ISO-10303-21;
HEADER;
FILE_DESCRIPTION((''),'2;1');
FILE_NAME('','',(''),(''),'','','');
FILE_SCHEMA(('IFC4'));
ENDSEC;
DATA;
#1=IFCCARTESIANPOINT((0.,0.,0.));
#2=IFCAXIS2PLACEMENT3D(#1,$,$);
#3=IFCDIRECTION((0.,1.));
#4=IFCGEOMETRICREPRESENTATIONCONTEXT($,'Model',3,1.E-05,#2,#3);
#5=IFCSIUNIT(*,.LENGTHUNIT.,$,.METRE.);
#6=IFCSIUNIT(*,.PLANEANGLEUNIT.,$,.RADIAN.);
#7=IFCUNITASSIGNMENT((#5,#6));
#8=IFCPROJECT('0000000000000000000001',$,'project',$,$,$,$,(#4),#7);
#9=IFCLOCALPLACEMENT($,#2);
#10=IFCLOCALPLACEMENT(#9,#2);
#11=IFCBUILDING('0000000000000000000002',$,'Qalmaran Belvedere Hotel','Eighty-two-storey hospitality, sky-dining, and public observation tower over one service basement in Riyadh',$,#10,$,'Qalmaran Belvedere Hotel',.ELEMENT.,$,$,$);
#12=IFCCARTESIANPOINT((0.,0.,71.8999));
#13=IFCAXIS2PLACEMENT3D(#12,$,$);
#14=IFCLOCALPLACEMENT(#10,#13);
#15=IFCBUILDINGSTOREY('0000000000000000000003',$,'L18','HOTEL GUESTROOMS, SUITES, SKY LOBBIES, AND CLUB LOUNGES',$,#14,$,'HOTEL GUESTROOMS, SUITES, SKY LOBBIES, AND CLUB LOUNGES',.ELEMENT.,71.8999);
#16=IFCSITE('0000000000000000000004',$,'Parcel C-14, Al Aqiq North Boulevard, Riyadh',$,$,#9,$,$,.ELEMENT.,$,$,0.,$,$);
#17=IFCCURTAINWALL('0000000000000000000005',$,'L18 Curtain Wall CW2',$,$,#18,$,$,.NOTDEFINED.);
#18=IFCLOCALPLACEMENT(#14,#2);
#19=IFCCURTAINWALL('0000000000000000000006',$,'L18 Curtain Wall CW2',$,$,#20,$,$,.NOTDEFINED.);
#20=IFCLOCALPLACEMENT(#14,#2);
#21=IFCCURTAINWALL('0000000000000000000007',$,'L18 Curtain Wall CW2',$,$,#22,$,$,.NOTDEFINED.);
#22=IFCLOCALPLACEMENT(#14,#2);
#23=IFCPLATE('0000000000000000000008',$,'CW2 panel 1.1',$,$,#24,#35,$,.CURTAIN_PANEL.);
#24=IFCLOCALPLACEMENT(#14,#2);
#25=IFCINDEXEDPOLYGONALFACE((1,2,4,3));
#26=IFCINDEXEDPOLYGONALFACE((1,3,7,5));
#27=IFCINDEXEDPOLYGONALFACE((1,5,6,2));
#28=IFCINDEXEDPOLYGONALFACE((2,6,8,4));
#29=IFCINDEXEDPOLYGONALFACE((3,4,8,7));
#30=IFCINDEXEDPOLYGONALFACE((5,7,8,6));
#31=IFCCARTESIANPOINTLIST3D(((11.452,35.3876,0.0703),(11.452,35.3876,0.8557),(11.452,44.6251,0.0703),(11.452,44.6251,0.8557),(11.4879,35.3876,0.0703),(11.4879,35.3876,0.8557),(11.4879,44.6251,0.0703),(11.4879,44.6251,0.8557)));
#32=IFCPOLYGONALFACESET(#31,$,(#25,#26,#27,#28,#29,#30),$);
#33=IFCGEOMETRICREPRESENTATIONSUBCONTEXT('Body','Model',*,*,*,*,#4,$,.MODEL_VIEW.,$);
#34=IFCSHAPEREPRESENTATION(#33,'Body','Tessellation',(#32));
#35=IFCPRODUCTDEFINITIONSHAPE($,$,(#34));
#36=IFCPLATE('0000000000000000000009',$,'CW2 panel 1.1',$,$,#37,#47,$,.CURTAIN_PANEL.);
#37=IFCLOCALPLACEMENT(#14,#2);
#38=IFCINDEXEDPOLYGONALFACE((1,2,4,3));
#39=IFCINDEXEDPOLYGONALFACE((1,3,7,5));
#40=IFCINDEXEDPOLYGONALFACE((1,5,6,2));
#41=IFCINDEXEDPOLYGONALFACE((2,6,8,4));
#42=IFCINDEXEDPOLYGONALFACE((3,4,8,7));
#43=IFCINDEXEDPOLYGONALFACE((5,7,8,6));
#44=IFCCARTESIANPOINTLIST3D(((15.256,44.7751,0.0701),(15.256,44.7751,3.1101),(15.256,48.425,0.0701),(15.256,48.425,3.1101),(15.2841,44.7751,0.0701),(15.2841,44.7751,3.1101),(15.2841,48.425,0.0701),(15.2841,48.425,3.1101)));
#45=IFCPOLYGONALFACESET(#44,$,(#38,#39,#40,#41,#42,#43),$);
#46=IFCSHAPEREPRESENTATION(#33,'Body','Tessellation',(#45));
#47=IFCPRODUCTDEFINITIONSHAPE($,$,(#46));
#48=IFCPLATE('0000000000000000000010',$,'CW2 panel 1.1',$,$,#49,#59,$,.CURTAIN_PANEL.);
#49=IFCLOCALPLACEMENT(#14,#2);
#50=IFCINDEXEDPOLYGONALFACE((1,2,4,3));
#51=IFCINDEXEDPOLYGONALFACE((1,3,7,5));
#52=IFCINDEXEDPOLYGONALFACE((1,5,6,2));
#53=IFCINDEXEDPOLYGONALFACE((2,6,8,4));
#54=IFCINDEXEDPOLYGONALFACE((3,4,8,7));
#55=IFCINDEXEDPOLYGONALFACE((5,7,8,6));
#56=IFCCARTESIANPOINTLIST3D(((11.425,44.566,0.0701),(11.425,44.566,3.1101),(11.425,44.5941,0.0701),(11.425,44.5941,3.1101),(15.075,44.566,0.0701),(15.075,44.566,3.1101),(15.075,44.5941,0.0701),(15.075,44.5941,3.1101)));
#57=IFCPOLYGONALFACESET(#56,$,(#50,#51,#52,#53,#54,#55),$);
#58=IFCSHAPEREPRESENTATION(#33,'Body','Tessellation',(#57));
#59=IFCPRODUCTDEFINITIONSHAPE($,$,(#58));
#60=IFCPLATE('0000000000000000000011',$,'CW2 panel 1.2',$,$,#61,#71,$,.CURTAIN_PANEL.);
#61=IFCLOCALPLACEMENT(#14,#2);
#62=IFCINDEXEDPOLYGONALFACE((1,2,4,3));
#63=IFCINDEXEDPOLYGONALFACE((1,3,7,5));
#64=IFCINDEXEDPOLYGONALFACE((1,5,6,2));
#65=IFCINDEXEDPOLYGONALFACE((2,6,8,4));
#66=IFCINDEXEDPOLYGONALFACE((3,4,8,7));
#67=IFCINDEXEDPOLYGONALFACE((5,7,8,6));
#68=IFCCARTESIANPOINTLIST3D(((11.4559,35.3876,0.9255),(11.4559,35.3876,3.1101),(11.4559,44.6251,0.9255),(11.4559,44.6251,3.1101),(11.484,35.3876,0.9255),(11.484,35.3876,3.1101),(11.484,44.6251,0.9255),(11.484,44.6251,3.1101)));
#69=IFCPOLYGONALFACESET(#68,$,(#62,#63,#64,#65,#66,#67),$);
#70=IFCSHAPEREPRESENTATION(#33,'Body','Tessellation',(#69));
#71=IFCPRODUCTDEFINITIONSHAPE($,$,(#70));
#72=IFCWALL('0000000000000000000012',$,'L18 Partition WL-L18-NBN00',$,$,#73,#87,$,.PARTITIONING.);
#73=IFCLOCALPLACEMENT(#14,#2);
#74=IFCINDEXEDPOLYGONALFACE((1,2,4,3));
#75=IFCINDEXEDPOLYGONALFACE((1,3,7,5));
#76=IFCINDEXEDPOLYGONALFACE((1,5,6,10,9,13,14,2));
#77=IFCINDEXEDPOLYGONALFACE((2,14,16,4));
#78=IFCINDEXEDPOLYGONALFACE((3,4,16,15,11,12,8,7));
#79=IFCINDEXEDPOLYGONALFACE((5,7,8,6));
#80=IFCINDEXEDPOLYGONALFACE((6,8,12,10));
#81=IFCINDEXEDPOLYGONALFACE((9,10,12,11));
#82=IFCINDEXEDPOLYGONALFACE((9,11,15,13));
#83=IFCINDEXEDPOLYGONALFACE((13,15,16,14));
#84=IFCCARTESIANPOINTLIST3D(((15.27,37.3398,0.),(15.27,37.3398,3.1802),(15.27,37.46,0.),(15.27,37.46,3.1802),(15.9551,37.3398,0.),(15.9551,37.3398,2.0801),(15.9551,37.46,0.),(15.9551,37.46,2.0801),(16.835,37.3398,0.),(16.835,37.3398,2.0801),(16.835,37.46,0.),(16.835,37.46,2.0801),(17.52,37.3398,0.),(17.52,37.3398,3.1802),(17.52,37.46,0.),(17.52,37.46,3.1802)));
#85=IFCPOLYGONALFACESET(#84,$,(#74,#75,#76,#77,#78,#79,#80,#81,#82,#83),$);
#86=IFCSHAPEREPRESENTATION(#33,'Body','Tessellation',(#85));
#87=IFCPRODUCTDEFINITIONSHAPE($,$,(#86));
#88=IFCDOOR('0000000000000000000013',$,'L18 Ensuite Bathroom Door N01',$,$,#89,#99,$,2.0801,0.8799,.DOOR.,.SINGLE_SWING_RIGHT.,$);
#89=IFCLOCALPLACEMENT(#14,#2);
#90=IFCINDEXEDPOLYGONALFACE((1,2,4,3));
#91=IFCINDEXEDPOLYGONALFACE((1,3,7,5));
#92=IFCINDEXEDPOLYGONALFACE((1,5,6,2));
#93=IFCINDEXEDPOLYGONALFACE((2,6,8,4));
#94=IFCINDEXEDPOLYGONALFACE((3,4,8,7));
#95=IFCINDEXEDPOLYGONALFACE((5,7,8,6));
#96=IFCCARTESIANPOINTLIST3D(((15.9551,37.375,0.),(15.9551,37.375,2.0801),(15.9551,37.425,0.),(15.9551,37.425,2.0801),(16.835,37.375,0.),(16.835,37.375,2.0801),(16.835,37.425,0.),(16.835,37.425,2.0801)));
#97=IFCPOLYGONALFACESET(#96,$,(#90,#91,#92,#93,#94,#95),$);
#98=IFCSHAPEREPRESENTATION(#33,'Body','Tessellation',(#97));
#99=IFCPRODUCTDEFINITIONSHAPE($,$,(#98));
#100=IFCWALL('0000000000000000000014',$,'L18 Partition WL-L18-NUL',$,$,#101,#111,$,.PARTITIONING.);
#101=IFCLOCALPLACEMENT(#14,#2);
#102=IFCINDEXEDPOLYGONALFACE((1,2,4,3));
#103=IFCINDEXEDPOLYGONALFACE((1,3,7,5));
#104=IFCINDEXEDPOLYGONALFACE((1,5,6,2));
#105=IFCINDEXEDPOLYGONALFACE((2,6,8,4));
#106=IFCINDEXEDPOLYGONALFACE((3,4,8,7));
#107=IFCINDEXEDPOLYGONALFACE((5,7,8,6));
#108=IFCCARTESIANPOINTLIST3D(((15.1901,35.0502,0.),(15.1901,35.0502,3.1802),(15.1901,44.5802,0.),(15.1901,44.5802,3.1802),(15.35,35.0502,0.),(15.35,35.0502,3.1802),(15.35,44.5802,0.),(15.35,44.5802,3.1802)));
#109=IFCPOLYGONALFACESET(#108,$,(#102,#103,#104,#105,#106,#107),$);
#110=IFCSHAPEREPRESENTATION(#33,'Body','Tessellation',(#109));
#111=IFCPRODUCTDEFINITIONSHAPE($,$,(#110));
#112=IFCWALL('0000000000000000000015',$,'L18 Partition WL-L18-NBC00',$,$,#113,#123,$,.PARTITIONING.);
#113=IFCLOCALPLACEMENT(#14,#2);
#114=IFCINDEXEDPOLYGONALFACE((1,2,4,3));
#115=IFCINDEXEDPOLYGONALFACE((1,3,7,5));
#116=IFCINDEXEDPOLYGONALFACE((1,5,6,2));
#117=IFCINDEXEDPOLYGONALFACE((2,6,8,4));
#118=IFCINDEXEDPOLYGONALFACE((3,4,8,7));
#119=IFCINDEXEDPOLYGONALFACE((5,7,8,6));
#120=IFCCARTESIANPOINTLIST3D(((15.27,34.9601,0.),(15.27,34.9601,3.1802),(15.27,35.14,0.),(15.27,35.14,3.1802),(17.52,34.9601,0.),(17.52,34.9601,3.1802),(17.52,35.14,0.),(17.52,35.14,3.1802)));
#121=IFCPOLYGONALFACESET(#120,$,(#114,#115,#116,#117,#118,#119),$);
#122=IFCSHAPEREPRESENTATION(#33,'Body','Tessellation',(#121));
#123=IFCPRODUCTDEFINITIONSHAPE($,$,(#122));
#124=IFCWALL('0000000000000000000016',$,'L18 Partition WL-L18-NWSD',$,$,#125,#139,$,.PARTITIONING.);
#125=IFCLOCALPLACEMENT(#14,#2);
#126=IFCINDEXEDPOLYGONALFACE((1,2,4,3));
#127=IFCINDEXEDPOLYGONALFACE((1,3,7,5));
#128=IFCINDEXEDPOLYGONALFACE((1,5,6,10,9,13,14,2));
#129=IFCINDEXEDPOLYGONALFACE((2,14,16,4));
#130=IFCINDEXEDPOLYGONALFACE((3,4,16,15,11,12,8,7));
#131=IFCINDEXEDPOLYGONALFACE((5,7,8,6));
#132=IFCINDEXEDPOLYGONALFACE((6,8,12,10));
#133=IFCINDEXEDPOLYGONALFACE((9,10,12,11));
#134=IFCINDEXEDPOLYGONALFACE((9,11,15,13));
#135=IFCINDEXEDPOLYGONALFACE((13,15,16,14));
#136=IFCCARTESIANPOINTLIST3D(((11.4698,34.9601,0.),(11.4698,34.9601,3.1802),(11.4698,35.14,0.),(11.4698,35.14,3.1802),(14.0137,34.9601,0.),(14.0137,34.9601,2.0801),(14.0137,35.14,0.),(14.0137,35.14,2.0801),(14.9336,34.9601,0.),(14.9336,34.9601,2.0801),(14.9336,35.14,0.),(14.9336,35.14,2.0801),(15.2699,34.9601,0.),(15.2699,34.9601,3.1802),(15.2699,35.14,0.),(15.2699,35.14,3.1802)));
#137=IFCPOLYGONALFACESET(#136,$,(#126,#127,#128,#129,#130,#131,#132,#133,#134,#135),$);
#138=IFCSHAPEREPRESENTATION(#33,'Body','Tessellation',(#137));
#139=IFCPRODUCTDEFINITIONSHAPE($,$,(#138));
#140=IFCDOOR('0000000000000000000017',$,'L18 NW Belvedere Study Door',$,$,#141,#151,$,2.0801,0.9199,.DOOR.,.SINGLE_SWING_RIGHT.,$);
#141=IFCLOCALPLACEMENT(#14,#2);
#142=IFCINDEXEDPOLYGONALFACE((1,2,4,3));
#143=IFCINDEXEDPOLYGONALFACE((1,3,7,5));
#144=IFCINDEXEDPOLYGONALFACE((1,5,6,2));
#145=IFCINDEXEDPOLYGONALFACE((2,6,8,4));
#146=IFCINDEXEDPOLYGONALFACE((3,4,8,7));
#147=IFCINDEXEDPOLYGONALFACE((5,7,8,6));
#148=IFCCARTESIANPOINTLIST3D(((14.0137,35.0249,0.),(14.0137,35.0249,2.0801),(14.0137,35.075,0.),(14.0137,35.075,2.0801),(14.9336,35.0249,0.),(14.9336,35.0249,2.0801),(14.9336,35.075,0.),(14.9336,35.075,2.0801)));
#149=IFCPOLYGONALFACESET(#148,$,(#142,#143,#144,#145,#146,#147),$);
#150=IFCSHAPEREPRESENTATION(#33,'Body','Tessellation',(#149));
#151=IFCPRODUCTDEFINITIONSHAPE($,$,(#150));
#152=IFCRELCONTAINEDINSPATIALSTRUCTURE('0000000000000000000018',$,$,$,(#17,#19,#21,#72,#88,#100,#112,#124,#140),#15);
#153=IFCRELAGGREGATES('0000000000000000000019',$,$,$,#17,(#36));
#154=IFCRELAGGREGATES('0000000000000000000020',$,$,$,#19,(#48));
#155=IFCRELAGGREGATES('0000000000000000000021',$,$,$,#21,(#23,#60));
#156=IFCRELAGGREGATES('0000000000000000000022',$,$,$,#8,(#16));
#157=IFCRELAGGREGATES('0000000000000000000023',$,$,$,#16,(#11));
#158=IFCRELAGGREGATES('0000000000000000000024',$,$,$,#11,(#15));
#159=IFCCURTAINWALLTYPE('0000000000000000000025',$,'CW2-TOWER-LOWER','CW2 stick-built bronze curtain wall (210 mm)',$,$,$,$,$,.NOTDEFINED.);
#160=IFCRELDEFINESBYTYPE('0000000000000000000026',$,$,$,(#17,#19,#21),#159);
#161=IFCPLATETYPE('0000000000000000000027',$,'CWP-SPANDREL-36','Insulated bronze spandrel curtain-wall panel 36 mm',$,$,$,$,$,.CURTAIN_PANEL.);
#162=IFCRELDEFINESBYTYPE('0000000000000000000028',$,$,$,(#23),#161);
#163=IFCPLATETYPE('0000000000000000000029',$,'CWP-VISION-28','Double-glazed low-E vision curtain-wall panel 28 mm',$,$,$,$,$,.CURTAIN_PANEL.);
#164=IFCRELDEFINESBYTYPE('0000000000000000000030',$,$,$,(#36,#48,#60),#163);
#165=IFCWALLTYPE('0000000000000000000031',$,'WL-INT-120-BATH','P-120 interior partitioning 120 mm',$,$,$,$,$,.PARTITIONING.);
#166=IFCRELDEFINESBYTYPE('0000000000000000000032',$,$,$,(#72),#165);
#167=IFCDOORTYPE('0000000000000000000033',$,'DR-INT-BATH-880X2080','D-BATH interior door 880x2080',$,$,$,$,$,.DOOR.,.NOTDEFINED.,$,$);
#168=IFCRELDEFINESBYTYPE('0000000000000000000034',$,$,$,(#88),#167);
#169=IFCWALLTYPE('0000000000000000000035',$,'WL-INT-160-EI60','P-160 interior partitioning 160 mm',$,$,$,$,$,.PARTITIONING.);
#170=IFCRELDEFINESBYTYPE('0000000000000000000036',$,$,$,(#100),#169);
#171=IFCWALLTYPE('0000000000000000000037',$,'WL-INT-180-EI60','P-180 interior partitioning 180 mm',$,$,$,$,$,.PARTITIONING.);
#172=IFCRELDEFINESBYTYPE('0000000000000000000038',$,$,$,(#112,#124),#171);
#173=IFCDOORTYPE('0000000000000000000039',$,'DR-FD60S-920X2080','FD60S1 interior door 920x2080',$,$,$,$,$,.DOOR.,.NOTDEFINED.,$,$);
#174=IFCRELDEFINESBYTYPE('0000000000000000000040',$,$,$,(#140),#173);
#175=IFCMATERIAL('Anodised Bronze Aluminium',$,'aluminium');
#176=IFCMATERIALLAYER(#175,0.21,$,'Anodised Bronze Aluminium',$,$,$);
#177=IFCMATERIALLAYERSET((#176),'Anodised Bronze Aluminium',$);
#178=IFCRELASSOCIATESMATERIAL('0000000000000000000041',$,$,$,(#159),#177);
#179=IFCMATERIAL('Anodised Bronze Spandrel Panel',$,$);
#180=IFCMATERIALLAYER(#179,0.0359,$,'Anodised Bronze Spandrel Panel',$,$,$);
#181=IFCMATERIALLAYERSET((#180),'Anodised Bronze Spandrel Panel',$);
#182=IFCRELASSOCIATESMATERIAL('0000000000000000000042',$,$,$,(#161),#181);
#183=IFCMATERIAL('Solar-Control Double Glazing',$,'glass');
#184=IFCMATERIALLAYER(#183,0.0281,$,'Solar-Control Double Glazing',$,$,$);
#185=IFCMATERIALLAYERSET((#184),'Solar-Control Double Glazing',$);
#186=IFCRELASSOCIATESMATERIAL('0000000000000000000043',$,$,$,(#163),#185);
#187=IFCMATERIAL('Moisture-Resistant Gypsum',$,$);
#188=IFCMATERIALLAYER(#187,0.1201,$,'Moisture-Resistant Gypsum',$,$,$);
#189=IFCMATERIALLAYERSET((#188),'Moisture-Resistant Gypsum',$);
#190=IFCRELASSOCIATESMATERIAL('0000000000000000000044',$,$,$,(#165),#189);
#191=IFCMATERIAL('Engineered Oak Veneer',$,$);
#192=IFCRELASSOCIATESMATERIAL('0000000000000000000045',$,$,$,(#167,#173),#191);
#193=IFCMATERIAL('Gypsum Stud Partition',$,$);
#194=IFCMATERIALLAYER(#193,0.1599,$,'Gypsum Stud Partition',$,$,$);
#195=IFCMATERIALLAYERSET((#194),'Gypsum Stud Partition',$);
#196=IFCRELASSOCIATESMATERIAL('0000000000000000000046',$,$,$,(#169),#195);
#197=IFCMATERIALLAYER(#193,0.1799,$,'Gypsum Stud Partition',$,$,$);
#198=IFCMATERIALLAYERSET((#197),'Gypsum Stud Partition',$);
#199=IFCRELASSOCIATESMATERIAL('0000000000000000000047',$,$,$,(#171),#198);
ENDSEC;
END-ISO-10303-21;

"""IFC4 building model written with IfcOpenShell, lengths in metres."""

from ifc_helpers import new_model, si_unit, direction, frame, frame_2d, origin, origin_2d, place, context, subcontext, project, spatial, rectangle, extrude, material, layer, layer_set, type_object, element, fill, aggregate, save


model = new_model("IFC4")

# Units and contexts
model_context = context("Model", 3, precision=1e-05, world=origin(), true_north=direction((0.0, 1.0)))
body_context = subcontext(model_context, "Body", "Model", "MODEL_VIEW")
ifc_project = project(units=[si_unit("LENGTHUNIT", "METRE"), si_unit("PLANEANGLEUNIT", "RADIAN")], contexts=[model_context])

# Site, building, storey
site_placement = place(None, origin())
site = spatial("IfcSite", under=ifc_project, at=site_placement, Name="Parcel C-14, Al Aqiq North Boulevard, Riyadh", CompositionType="ELEMENT", RefElevation=0.0)
building_placement = place(site_placement, origin())
building = spatial("IfcBuilding", under=site, at=building_placement, Name="Qalmaran Belvedere Hotel", Description="Eighty-two-storey hospitality, sky-dining, and public observation tower over one service basement in Riyadh", LongName="Qalmaran Belvedere Hotel", CompositionType="ELEMENT")
storey_placement = place(building_placement, frame((0.0, 0.0, 71.8999)))
storey = spatial("IfcBuildingStorey", under=building, at=storey_placement, Name="L18", Description="HOTEL GUESTROOMS, SUITES, SKY LOBBIES, AND CLUB LOUNGES", LongName="HOTEL GUESTROOMS, SUITES, SKY LOBBIES, AND CLUB LOUNGES", CompositionType="ELEMENT", Elevation=71.8999)

# Curtain wall
ifc_material_1 = material(Name="Anodised Bronze Aluminium", Category="aluminium")
ifc_layer_1 = layer(ifc_material_1, 0.21, Name="Anodised Bronze Aluminium")
ifc_layer_set_1 = layer_set([ifc_layer_1], Name="Anodised Bronze Aluminium")
curtain_wall_type = type_object("IfcCurtainWallType", Name="CW2-TOWER-LOWER", Description="CW2 stick-built bronze curtain wall (210 mm)", PredefinedType="NOTDEFINED", material=ifc_layer_set_1)
curtain_wall_1_placement = place(storey_placement, origin())
curtain_wall_1 = element("IfcCurtainWall", 1, at=curtain_wall_1_placement, inside=storey, type_object=curtain_wall_type, Name="L18 Curtain Wall CW2", PredefinedType="NOTDEFINED")

# Curtain walls
curtain_wall_2_placement = place(storey_placement, origin())
curtain_wall_2 = element("IfcCurtainWall", 2, at=curtain_wall_2_placement, inside=storey, type_object=curtain_wall_type, Name="L18 Curtain Wall CW2", PredefinedType="NOTDEFINED")
curtain_wall_3_placement = place(storey_placement, origin())
curtain_wall_3 = element("IfcCurtainWall", 3, at=curtain_wall_3_placement, inside=storey, type_object=curtain_wall_type, Name="L18 Curtain Wall CW2", PredefinedType="NOTDEFINED")

# Plates
ifc_material_2 = material(Name="Anodised Bronze Spandrel Panel")
ifc_layer_2 = layer(ifc_material_2, 0.0359, Name="Anodised Bronze Spandrel Panel")
ifc_layer_set_2 = layer_set([ifc_layer_2], Name="Anodised Bronze Spandrel Panel")
plate_type_1 = type_object("IfcPlateType", Name="CWP-SPANDREL-36", Description="Insulated bronze spandrel curtain-wall panel 36 mm", PredefinedType="CURTAIN_PANEL", material=ifc_layer_set_2)
plate_1_placement = place(storey_placement, frame((11.47, 40.0063, 0.0703), z_axis=(0.0, 0.0, 1.0), x_axis=(0.0, -1.0, 0.0)))
plate_1 = element("IfcPlate", 4, at=plate_1_placement, type_object=plate_type_1, Name="CW2 panel 1.1", PredefinedType="CURTAIN_PANEL", context=body_context, shape_type="SweptSolid", body=[
    extrude(rectangle(XDim=9.2375, YDim=0.0359, at=origin_2d()), origin(), (0.0, 0.0, 1.0), 0.7854),
])
ifc_material_3 = material(Name="Solar-Control Double Glazing", Category="glass")
ifc_layer_3 = layer(ifc_material_3, 0.0281, Name="Solar-Control Double Glazing")
ifc_layer_set_3 = layer_set([ifc_layer_3], Name="Solar-Control Double Glazing")
plate_type_2 = type_object("IfcPlateType", Name="CWP-VISION-28", Description="Double-glazed low-E vision curtain-wall panel 28 mm", PredefinedType="CURTAIN_PANEL", material=ifc_layer_set_3)
plate_2_placement = place(storey_placement, frame((15.27, 46.6001, 0.0701), z_axis=(0.0, 0.0, 1.0), x_axis=(0.0, -1.0, 0.0)))
plate_2 = element("IfcPlate", 5, at=plate_2_placement, type_object=plate_type_2, Name="CW2 panel 1.1", PredefinedType="CURTAIN_PANEL", context=body_context, shape_type="SweptSolid", body=[
    extrude(rectangle(XDim=3.6499, YDim=0.0281, at=origin_2d()), origin(), (0.0, 0.0, 1.0), 3.04),
])
aggregate(curtain_wall_1, [plate_2])
plate_3_placement = place(storey_placement, frame((13.25, 44.5801, 0.0701), z_axis=(0.0, 0.0, 1.0), x_axis=(-1.0, 0.0, 0.0)))
plate_3 = element("IfcPlate", 6, at=plate_3_placement, type_object=plate_type_2, Name="CW2 panel 1.1", PredefinedType="CURTAIN_PANEL", context=body_context, shape_type="SweptSolid", body=[
    extrude(rectangle(XDim=3.6499, YDim=0.0281, at=origin_2d()), origin(), (0.0, 0.0, 1.0), 3.04),
])
aggregate(curtain_wall_2, [plate_3])
plate_4_placement = place(storey_placement, frame((11.47, 40.0063, 0.9255), z_axis=(0.0, 0.0, 1.0), x_axis=(0.0, -1.0, 0.0)))
plate_4 = element("IfcPlate", 7, at=plate_4_placement, type_object=plate_type_2, Name="CW2 panel 1.2", PredefinedType="CURTAIN_PANEL", context=body_context, shape_type="SweptSolid", body=[
    extrude(rectangle(XDim=9.2375, YDim=0.0281, at=origin_2d()), origin(), (0.0, 0.0, 1.0), 2.1846),
])
aggregate(curtain_wall_3, [plate_1, plate_4])

# Wall, opening, door
ifc_material_4 = material(Name="Moisture-Resistant Gypsum")
ifc_layer_4 = layer(ifc_material_4, 0.1201, Name="Moisture-Resistant Gypsum")
ifc_layer_set_4 = layer_set([ifc_layer_4], Name="Moisture-Resistant Gypsum")
wall_type_1 = type_object("IfcWallType", Name="WL-INT-120-BATH", Description="P-120 interior partitioning 120 mm", PredefinedType="PARTITIONING", material=ifc_layer_set_4)
wall_1_placement = place(storey_placement, frame((15.27, 37.3999, 0.0), z_axis=(0.0, 0.0, 1.0), x_axis=(1.0, 0.0, 0.0)))
wall_1 = element("IfcWall", 8, at=wall_1_placement, inside=storey, type_object=wall_type_1, Name="L18 Partition WL-L18-NBN00", PredefinedType="PARTITIONING", context=body_context, shape_type="SweptSolid", body=[
    extrude(rectangle(XDim=2.25, YDim=0.1201, at=frame_2d((1.125, 0.0))), origin(), (0.0, 0.0, 1.0), 3.1802),
])
opening_1_placement = place(wall_1_placement, frame((1.5649, 0.0, 0.0), z_axis=(0.0, 0.0, 1.0), x_axis=(-1.0, 0.0, 0.0)))
opening_1 = element("IfcOpeningElement", 9, at=opening_1_placement, cuts=wall_1, PredefinedType="OPENING", context=body_context, shape_type="SweptSolid", body=[
    extrude(rectangle(XDim=0.8799, YDim=2.0801, at=frame_2d((0.4399, 1.04))), frame((0.0, 0.0701, 0.0), z_axis=(0.0, -1.0, 0.0), x_axis=(1.0, 0.0, 0.0)), (0.0, 0.0, 1.0), 0.1401),
])
ifc_material_5 = material(Name="Engineered Oak Veneer")
door_type_1 = type_object("IfcDoorType", Name="DR-INT-BATH-880X2080", Description="D-BATH interior door 880x2080", OperationType="NOTDEFINED", PredefinedType="DOOR", material=ifc_material_5)
door_1_placement = place(opening_1_placement, origin())
door_1 = element("IfcDoor", 10, at=door_1_placement, inside=storey, type_object=door_type_1, Name="L18 Ensuite Bathroom Door N01", OperationType="SINGLE_SWING_RIGHT", OverallHeight=2.0801, OverallWidth=0.8799, PredefinedType="DOOR", context=body_context, shape_type="SweptSolid", body=[
    extrude(rectangle(XDim=0.8799, YDim=2.0801, at=frame_2d((0.4399, 1.04))), frame((0.0, 0.0249, 0.0), z_axis=(0.0, -1.0, 0.0), x_axis=(1.0, 0.0, 0.0)), (0.0, 0.0, 1.0), 0.05),
])
fill(opening_1, door_1)

# Walls
ifc_material_6 = material(Name="Gypsum Stud Partition")
ifc_layer_5 = layer(ifc_material_6, 0.1599, Name="Gypsum Stud Partition")
ifc_layer_set_5 = layer_set([ifc_layer_5], Name="Gypsum Stud Partition")
wall_type_2 = type_object("IfcWallType", Name="WL-INT-160-EI60", Description="P-160 interior partitioning 160 mm", PredefinedType="PARTITIONING", material=ifc_layer_set_5)
wall_2_placement = place(storey_placement, frame((15.27, 35.05, 0.0), z_axis=(0.0, 0.0, 1.0), x_axis=(0.0, 1.0, 0.0)))
element("IfcWall", 11, at=wall_2_placement, inside=storey, type_object=wall_type_2, Name="L18 Partition WL-L18-NUL", PredefinedType="PARTITIONING", context=body_context, shape_type="SweptSolid", body=[
    extrude(rectangle(XDim=9.53, YDim=0.1599, at=frame_2d((4.7651, 0.0))), origin(), (0.0, 0.0, 1.0), 3.1802),
])
ifc_layer_6 = layer(ifc_material_6, 0.1799, Name="Gypsum Stud Partition")
ifc_layer_set_6 = layer_set([ifc_layer_6], Name="Gypsum Stud Partition")
wall_type_3 = type_object("IfcWallType", Name="WL-INT-180-EI60", Description="P-180 interior partitioning 180 mm", PredefinedType="PARTITIONING", material=ifc_layer_set_6)
wall_3_placement = place(storey_placement, frame((15.27, 35.05, 0.0), z_axis=(0.0, 0.0, 1.0), x_axis=(1.0, 0.0, 0.0)))
element("IfcWall", 12, at=wall_3_placement, inside=storey, type_object=wall_type_3, Name="L18 Partition WL-L18-NBC00", PredefinedType="PARTITIONING", context=body_context, shape_type="SweptSolid", body=[
    extrude(rectangle(XDim=2.25, YDim=0.1799, at=frame_2d((1.125, 0.0))), origin(), (0.0, 0.0, 1.0), 3.1802),
])

# Wall, opening, door
wall_4_placement = place(storey_placement, frame((11.47, 35.05, 0.0), z_axis=(0.0, 0.0, 1.0), x_axis=(1.0, 0.0, 0.0)))
wall_4 = element("IfcWall", 13, at=wall_4_placement, inside=storey, type_object=wall_type_3, Name="L18 Partition WL-L18-NWSD", PredefinedType="PARTITIONING", context=body_context, shape_type="SweptSolid", body=[
    extrude(rectangle(XDim=3.8, YDim=0.1799, at=frame_2d((1.8999, 0.0))), origin(), (0.0, 0.0, 1.0), 3.1802),
])
opening_2_placement = place(wall_4_placement, frame((2.5437, 0.0, 0.0)))
opening_2 = element("IfcOpeningElement", 14, at=opening_2_placement, cuts=wall_4, PredefinedType="OPENING", context=body_context, shape_type="SweptSolid", body=[
    extrude(rectangle(XDim=0.9199, YDim=2.0801, at=frame_2d((0.46, 1.04))), frame((0.0, 0.1001, 0.0), z_axis=(0.0, -1.0, 0.0), x_axis=(1.0, 0.0, 0.0)), (0.0, 0.0, 1.0), 0.2),
])
door_type_2 = type_object("IfcDoorType", Name="DR-FD60S-920X2080", Description="FD60S1 interior door 920x2080", OperationType="NOTDEFINED", PredefinedType="DOOR", material=ifc_material_5)
door_2_placement = place(opening_2_placement, origin())
door_2 = element("IfcDoor", 15, at=door_2_placement, inside=storey, type_object=door_type_2, Name="L18 NW Belvedere Study Door", OperationType="SINGLE_SWING_RIGHT", OverallHeight=2.0801, OverallWidth=0.9199, PredefinedType="DOOR", context=body_context, shape_type="SweptSolid", body=[
    extrude(rectangle(XDim=0.9199, YDim=2.0801, at=frame_2d((0.46, 1.04))), frame((0.0, 0.0249, 0.0), z_axis=(0.0, -1.0, 0.0), x_axis=(1.0, 0.0, 0.0)), (0.0, 0.0, 1.0), 0.05),
])
fill(opening_2, door_2)

save(model, "model.ifc")
